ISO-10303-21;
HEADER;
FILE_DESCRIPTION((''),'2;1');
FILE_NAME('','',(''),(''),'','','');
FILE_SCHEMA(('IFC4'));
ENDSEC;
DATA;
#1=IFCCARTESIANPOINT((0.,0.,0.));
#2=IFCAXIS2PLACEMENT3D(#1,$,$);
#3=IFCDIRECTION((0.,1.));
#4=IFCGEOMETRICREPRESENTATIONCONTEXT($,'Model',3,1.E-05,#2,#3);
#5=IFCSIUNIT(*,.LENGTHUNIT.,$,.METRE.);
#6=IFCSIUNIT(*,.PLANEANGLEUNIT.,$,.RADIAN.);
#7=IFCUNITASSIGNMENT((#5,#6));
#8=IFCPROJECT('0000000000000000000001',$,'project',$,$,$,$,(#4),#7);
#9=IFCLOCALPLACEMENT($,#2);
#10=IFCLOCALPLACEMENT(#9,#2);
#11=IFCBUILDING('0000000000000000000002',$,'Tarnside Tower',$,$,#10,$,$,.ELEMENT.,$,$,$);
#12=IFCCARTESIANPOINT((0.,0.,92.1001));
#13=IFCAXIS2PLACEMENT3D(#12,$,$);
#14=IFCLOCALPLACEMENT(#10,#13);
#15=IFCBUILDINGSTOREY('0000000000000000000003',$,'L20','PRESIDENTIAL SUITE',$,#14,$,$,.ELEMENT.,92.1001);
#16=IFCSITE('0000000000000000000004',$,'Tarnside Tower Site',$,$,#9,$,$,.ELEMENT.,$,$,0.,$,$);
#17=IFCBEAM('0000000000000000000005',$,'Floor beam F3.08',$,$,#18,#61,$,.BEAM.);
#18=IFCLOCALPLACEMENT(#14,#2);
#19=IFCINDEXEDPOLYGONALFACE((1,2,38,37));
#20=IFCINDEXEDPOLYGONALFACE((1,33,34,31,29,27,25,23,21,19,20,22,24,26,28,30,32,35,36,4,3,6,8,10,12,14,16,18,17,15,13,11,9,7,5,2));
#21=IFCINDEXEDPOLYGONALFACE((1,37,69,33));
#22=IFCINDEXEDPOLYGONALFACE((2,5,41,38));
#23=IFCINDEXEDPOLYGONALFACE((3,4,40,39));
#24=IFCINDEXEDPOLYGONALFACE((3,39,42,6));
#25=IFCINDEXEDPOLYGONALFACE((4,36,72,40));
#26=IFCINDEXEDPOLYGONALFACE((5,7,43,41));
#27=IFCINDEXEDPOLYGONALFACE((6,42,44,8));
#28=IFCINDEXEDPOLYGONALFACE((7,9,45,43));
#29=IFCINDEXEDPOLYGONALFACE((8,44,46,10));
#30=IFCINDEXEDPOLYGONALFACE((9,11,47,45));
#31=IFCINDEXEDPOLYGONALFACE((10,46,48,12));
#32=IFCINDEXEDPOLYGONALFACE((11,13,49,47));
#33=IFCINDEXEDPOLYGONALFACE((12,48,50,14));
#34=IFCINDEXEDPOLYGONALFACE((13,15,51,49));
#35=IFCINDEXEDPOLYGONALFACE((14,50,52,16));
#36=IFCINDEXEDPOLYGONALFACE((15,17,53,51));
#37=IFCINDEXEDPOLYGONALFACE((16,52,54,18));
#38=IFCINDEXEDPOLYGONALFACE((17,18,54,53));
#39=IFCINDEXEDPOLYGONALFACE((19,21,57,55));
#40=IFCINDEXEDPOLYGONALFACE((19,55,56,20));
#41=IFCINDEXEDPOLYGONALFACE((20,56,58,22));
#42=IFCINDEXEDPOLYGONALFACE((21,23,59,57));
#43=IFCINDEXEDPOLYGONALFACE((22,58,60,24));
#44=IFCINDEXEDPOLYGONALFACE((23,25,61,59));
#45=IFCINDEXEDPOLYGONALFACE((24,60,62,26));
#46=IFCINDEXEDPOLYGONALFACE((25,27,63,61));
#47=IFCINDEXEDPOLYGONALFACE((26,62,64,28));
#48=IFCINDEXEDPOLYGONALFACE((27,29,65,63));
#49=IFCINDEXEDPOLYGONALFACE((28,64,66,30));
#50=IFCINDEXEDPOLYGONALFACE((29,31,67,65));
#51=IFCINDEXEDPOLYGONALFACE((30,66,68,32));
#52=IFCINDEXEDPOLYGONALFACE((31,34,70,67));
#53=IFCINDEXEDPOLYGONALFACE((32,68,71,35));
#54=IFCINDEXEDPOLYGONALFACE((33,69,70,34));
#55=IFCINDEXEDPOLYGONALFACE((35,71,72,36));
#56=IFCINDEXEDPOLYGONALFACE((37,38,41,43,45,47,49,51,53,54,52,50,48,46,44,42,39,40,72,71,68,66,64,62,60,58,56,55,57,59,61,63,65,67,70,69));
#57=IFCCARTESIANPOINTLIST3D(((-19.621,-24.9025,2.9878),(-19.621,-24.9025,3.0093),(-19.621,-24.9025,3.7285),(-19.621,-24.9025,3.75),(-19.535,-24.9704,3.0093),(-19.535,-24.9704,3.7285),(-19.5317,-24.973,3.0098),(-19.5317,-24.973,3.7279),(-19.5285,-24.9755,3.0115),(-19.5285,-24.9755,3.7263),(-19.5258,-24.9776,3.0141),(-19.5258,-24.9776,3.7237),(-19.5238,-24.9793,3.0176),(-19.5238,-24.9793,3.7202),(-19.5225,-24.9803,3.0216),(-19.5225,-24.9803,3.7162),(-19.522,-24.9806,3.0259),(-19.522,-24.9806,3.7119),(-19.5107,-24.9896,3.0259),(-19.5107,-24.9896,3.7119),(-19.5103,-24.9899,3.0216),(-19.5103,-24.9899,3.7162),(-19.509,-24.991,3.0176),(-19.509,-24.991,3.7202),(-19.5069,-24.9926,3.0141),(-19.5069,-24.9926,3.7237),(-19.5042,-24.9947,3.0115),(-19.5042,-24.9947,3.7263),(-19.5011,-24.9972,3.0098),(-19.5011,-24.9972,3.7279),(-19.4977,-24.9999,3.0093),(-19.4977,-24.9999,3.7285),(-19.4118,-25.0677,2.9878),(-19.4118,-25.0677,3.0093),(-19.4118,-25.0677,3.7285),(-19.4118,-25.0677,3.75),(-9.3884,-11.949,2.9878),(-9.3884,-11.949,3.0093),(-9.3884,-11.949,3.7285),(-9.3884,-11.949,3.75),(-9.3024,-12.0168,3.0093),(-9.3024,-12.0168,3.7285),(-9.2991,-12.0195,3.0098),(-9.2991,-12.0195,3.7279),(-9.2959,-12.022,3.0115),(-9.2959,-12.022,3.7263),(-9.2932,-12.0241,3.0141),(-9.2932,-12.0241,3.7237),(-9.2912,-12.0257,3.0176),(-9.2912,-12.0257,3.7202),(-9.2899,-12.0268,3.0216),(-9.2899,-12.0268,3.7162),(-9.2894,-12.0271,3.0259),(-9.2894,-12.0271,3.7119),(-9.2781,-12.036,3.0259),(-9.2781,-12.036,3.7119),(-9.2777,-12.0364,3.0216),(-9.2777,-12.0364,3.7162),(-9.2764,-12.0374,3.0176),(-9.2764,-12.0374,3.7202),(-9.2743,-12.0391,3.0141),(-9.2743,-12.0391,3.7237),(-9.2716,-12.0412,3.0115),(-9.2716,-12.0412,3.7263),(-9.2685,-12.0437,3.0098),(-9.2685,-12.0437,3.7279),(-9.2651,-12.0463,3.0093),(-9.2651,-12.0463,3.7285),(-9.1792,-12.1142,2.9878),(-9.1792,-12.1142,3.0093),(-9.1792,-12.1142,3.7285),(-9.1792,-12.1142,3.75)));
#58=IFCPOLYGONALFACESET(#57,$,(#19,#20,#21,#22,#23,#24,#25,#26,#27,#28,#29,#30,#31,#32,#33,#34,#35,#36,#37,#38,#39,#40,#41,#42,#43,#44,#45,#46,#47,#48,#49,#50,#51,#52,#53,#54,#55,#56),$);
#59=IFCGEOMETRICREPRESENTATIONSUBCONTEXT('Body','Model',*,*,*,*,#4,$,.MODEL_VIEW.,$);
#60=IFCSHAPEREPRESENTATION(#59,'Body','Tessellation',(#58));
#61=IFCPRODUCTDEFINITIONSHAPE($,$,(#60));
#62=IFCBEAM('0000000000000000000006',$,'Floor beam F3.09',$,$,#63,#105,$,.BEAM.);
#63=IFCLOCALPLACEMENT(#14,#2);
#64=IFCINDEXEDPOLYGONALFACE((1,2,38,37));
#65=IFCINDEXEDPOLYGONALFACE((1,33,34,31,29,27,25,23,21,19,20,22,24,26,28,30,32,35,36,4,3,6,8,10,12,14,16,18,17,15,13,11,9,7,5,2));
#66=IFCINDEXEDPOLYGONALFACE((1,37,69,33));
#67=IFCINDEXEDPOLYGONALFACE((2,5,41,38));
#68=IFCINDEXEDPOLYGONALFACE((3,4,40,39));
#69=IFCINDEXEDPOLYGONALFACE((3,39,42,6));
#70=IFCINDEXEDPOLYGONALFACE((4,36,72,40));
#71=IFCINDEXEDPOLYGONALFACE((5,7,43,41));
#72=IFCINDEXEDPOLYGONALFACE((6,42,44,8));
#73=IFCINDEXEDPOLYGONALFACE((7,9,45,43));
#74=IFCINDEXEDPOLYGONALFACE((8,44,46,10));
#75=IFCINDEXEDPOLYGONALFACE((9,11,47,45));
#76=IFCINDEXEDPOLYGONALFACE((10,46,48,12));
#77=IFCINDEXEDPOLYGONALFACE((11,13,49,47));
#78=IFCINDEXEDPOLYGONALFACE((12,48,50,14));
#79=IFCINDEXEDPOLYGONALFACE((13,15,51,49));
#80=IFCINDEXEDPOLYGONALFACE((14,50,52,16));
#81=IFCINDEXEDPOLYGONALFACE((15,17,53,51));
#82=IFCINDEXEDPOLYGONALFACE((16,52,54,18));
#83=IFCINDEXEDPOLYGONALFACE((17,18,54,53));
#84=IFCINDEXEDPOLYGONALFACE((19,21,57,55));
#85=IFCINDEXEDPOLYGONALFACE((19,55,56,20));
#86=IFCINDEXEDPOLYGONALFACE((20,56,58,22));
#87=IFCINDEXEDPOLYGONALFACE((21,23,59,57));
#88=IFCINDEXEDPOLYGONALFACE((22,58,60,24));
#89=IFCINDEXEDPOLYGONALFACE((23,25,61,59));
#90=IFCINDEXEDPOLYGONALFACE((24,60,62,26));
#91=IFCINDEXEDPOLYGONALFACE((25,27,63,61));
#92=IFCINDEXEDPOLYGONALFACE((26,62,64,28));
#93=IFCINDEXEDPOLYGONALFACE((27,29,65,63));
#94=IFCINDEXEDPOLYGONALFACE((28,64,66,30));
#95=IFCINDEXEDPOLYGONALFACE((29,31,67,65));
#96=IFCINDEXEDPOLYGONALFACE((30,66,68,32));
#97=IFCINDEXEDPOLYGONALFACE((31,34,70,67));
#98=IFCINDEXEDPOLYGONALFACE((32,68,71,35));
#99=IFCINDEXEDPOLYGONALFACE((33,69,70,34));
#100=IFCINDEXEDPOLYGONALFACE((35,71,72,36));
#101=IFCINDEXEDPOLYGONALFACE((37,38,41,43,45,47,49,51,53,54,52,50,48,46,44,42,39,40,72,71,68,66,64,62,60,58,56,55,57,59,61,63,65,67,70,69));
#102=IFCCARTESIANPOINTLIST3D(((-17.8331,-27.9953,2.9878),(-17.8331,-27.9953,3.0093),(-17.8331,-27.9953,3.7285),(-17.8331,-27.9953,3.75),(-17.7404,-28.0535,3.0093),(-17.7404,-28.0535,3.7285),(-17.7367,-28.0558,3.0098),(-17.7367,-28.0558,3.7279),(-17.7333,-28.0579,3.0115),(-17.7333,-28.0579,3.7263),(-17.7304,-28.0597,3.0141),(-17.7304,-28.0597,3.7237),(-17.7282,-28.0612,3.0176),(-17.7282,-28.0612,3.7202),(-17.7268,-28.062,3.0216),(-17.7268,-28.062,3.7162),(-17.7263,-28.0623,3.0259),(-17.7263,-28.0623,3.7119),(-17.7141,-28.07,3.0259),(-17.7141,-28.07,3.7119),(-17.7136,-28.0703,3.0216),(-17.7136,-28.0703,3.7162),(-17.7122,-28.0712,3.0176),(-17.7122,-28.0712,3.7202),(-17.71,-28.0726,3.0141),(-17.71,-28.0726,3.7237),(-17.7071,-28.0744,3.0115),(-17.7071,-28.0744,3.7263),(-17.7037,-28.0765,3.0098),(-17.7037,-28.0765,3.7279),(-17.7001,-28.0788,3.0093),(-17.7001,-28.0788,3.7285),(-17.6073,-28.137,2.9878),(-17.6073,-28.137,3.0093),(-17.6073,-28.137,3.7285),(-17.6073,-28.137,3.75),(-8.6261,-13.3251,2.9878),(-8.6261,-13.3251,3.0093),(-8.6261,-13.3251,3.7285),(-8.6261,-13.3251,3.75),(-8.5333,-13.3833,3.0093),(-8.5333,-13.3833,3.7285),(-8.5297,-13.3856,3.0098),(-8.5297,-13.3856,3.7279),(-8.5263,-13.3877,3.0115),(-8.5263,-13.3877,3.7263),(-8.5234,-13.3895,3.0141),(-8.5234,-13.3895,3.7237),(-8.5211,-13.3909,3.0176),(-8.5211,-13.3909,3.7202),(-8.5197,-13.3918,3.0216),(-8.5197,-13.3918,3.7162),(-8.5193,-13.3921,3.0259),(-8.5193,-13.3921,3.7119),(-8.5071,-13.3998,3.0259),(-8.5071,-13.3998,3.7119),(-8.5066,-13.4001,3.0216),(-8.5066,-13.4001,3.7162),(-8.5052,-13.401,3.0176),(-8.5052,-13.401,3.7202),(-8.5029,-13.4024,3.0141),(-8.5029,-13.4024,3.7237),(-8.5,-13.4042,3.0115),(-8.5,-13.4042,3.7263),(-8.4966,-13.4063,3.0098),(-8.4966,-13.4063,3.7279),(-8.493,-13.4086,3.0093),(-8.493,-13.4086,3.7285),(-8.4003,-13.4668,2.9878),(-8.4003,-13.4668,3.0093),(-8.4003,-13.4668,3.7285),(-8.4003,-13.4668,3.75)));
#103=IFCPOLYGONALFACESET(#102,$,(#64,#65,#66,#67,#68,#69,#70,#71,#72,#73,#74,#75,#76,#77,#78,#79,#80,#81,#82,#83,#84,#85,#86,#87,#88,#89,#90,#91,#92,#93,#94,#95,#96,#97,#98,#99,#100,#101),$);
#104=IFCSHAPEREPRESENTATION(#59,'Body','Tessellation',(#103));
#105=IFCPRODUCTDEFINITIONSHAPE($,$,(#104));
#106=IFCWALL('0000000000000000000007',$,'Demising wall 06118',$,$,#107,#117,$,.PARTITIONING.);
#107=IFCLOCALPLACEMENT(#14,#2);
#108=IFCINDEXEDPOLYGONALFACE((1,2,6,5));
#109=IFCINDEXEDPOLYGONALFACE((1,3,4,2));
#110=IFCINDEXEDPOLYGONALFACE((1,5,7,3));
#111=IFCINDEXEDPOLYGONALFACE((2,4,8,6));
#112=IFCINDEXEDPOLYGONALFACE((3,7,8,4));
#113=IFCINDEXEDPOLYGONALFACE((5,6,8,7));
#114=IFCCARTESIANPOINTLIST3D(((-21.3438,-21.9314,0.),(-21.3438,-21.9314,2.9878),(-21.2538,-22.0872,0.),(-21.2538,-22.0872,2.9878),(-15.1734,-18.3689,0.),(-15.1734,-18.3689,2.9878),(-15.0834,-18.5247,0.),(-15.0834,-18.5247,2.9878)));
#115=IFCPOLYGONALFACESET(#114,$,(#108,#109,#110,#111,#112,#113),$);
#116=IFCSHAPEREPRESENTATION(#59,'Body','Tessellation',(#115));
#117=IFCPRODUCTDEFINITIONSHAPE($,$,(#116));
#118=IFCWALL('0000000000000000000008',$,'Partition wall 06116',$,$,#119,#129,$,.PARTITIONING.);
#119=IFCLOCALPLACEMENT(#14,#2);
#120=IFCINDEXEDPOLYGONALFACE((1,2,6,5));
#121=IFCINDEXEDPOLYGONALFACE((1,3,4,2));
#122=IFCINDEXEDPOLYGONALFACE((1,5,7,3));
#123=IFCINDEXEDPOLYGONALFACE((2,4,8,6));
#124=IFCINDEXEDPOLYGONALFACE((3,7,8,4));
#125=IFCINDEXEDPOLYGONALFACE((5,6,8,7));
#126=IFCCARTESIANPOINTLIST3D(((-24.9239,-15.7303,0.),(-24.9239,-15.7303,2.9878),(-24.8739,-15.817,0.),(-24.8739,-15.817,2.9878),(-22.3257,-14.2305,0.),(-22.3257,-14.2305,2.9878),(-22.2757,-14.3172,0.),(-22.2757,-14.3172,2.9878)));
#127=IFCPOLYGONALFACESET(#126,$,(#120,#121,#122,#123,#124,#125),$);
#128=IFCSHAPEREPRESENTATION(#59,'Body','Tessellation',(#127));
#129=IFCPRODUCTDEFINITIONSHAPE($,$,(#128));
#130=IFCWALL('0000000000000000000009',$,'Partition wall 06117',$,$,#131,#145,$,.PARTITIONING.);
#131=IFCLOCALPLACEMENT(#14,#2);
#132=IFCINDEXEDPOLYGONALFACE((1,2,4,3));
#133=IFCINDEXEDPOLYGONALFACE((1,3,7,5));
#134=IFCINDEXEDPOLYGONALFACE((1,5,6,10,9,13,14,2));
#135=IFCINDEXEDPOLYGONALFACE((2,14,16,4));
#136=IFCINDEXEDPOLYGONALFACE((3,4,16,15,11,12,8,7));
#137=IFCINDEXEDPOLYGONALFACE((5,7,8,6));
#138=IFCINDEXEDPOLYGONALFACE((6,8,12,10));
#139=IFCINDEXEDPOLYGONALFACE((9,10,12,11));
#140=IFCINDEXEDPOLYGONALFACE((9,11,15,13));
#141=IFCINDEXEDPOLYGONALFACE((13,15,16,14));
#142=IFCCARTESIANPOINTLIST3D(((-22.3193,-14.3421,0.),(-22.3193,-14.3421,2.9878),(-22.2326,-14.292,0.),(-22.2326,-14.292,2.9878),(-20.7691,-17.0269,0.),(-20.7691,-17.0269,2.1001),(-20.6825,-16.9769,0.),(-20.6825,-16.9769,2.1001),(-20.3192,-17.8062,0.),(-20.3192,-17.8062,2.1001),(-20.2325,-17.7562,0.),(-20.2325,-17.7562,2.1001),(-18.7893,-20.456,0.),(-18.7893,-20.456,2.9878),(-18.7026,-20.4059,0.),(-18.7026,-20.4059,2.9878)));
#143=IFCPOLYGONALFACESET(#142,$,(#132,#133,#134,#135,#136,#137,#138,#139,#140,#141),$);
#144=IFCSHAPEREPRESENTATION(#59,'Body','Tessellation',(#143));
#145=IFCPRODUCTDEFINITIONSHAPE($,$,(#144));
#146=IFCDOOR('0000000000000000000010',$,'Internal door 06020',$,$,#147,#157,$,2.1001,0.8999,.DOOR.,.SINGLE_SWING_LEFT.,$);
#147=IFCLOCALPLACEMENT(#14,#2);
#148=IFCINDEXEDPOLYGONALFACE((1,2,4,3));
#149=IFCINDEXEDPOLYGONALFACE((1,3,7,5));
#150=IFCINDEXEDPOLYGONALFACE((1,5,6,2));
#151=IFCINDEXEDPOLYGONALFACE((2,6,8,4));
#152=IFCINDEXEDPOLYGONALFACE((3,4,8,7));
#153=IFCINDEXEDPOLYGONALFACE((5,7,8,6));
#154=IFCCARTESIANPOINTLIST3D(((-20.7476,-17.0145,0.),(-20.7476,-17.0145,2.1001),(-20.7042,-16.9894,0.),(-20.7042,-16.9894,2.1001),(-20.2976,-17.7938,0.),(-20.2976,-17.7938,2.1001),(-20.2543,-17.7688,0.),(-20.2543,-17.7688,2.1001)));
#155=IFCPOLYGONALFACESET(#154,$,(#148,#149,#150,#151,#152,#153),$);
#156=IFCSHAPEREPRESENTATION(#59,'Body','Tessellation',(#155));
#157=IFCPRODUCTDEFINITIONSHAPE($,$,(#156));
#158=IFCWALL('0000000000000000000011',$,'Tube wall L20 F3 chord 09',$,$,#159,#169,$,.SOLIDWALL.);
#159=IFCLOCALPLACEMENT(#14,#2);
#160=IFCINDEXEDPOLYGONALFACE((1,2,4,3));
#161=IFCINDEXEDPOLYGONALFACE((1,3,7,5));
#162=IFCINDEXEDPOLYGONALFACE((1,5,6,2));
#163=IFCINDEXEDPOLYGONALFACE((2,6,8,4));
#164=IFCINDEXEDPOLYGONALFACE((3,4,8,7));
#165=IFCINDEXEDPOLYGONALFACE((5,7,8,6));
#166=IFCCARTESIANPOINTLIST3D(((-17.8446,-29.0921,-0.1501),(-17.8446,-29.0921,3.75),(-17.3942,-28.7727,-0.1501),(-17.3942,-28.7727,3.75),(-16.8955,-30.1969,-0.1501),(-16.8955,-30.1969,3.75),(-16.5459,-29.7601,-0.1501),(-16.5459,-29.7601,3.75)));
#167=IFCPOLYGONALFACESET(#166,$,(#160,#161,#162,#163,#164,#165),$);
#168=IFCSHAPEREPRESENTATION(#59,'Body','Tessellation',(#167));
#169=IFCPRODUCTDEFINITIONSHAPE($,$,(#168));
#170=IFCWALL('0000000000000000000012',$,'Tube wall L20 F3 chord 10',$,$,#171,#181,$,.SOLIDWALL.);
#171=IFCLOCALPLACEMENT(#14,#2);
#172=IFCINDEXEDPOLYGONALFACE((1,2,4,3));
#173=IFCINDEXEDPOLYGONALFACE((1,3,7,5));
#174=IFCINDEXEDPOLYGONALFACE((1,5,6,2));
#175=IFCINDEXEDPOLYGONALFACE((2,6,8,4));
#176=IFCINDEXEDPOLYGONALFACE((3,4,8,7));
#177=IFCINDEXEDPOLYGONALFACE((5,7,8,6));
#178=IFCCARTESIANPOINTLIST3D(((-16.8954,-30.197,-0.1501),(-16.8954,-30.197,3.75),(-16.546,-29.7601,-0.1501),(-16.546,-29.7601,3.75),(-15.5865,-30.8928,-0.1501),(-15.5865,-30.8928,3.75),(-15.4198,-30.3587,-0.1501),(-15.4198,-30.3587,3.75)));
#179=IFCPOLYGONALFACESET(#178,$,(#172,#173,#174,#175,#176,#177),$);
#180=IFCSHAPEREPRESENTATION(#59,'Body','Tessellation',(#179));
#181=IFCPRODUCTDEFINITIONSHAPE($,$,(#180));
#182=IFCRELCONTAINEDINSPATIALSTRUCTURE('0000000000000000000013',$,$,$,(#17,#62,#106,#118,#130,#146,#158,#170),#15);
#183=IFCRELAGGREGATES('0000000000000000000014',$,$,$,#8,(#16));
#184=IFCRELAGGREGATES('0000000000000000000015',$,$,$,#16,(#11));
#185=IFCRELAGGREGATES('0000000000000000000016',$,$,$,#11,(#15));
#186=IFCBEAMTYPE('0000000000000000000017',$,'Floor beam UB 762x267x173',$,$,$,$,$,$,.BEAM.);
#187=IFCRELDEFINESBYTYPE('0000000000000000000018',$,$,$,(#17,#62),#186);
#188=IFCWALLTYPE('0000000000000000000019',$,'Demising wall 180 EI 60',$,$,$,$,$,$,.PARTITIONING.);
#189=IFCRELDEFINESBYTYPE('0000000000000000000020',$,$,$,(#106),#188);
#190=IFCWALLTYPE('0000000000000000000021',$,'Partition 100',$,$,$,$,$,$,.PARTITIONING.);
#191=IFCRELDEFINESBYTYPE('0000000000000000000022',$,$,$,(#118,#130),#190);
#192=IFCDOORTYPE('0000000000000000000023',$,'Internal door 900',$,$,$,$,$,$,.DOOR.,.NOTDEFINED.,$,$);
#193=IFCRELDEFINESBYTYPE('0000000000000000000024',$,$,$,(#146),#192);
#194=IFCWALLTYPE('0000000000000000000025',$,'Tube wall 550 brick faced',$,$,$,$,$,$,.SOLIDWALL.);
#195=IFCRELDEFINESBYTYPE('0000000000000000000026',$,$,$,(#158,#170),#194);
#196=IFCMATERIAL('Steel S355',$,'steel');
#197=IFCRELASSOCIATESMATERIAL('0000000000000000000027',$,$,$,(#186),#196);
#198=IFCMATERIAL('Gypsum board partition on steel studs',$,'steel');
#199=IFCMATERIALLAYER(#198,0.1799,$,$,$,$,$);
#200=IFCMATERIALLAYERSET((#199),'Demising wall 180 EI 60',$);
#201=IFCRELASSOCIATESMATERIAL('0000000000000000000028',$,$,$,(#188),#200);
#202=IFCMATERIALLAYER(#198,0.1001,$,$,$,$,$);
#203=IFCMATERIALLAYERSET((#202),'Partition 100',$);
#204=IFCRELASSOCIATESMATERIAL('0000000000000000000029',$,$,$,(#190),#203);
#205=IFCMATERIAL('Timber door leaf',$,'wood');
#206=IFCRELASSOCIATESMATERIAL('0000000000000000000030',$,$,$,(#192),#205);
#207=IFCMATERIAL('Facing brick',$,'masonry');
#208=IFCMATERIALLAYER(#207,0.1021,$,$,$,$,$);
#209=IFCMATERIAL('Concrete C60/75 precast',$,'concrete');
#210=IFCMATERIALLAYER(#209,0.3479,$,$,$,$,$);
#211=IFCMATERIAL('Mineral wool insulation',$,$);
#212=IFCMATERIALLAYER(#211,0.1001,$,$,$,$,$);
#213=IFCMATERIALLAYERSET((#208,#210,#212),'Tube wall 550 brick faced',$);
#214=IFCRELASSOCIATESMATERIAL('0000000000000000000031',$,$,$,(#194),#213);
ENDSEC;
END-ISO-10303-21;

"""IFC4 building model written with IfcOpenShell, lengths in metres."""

from ifc_helpers import new_model, si_unit, direction, frame, frame_2d, origin, origin_2d, place, context, subcontext, project, spatial, polyline, rectangle, i_section, outline, extrude, material, layer, layer_set, material_profile, profile_set, type_object, element, fill, save


model = new_model("IFC4")

# Units and contexts
model_context = context("Model", 3, precision=1e-05, world=origin(), true_north=direction((0.0, 1.0)))
body_context = subcontext(model_context, "Body", "Model", "MODEL_VIEW")
ifc_project = project(units=[si_unit("LENGTHUNIT", "METRE"), si_unit("PLANEANGLEUNIT", "RADIAN")], contexts=[model_context])

# Site, building, storey
site_placement = place(None, origin())
site = spatial("IfcSite", under=ifc_project, at=site_placement, Name="Tarnside Tower Site", CompositionType="ELEMENT", RefElevation=0.0)
building_placement = place(site_placement, origin())
building = spatial("IfcBuilding", under=site, at=building_placement, Name="Tarnside Tower", CompositionType="ELEMENT")
storey_placement = place(building_placement, frame((0.0, 0.0, 92.1001)))
storey = spatial("IfcBuildingStorey", under=building, at=storey_placement, Name="L20", Description="PRESIDENTIAL SUITE", CompositionType="ELEMENT", Elevation=92.1001)

# Beams
ifc_material_1 = material(Name="Steel S355", Category="steel")
ifc_material_profile_1 = material_profile(ifc_material_1, i_section(OverallWidth=0.2666, OverallDepth=0.7622, WebThickness=0.0144, FlangeThickness=0.0215, FilletRadius=0.0166, at=origin_2d()), Name="UB 762x267x173")
ifc_profile_set_1 = profile_set([ifc_material_profile_1], Name="Steel S355")
beam_type_1 = type_object("IfcBeamType", Name="Floor beam UB 762x267x173", PredefinedType="BEAM", material=ifc_profile_set_1)
beam_1_placement = place(storey_placement, frame((-19.5164, -24.9851, 3.3689), z_axis=(0.619873, 0.784702, 0.0), x_axis=(-0.784702, 0.619873, 0.0)))
element("IfcBeam", 1, at=beam_1_placement, inside=storey, type_object=beam_type_1, Name="Floor beam F3.08", PredefinedType="BEAM", context=body_context, shape_type="SweptSolid", body=[
    extrude(i_section(OverallWidth=0.2666, OverallDepth=0.7622, WebThickness=0.0144, FlangeThickness=0.0215, FilletRadius=0.0166, at=origin_2d()), origin(), (0.0, 0.0, 1.0), 16.5076),
])
beam_2_placement = place(storey_placement, frame((-17.7202, -28.0662, 3.3689), z_axis=(0.531583, 0.847006, 0.0), x_axis=(-0.847006, 0.531583, 0.0)))
element("IfcBeam", 2, at=beam_2_placement, inside=storey, type_object=beam_type_1, Name="Floor beam F3.09", PredefinedType="BEAM", context=body_context, shape_type="SweptSolid", body=[
    extrude(i_section(OverallWidth=0.2666, OverallDepth=0.7622, WebThickness=0.0144, FlangeThickness=0.0215, FilletRadius=0.0166, at=origin_2d()), origin(), (0.0, 0.0, 1.0), 17.3201),
])

# Walls
ifc_material_2 = material(Name="Gypsum board partition on steel studs", Category="steel")
ifc_layer_1 = layer(ifc_material_2, 0.1799)
ifc_layer_set_1 = layer_set([ifc_layer_1], Name="Demising wall 180 EI 60")
wall_type_1 = type_object("IfcWallType", Name="Demising wall 180 EI 60", PredefinedType="PARTITIONING", material=ifc_layer_set_1)
wall_1_placement = place(storey_placement, frame((-21.2988, -22.0093, 0.0), z_axis=(0.0, 0.0, 1.0), x_axis=(0.866025, 0.500001, 0.0)))
element("IfcWall", 3, at=wall_1_placement, inside=storey, type_object=wall_type_1, Name="Demising wall 06118", PredefinedType="PARTITIONING", context=body_context, shape_type="SweptSolid", body=[
    extrude(rectangle(XDim=7.125, YDim=0.1799, at=frame_2d((3.5625, 0.0))), origin(), (0.0, 0.0, 1.0), 2.9878),
])
ifc_layer_2 = layer(ifc_material_2, 0.1001)
ifc_layer_set_2 = layer_set([ifc_layer_2], Name="Partition 100")
wall_type_2 = type_object("IfcWallType", Name="Partition 100", PredefinedType="PARTITIONING", material=ifc_layer_set_2)
wall_2_placement = place(storey_placement, frame((-24.8989, -15.7737, 0.0), z_axis=(0.0, 0.0, 1.0), x_axis=(0.866066, 0.499929, 0.0)))
element("IfcWall", 4, at=wall_2_placement, inside=storey, type_object=wall_type_2, Name="Partition wall 06116", PredefinedType="PARTITIONING", context=body_context, shape_type="SweptSolid", body=[
    extrude(rectangle(XDim=3.0, YDim=0.1001, at=frame_2d((1.5, 0.0))), origin(), (0.0, 0.0, 1.0), 2.9878),
])

# Wall, opening, door
wall_3_placement = place(storey_placement, frame((-22.2759, -14.3171, 0.0), z_axis=(0.0, 0.0, 1.0), x_axis=(0.500011, -0.866019, 0.0)))
wall_3 = element("IfcWall", 5, at=wall_3_placement, inside=storey, type_object=wall_type_2, Name="Partition wall 06117", PredefinedType="PARTITIONING", context=body_context, shape_type="SweptSolid", body=[
    extrude(rectangle(XDim=7.0598, YDim=0.1001, at=frame_2d((3.5298, 0.0))), origin(), (0.0, 0.0, 1.0), 2.9878),
])
opening_placement = place(wall_3_placement, frame((3.1001, 0.0, 0.0)))
opening = element("IfcOpeningElement", 6, at=opening_placement, cuts=wall_3, PredefinedType="OPENING", context=body_context, shape_type="SweptSolid", body=[
    extrude(rectangle(XDim=0.8999, YDim=2.1001, at=frame_2d((0.45, 1.05))), frame((0.0, 0.0601, 0.0), z_axis=(0.0, -1.0, 0.0), x_axis=(1.0, 0.0, 0.0)), (0.0, 0.0, 1.0), 0.1201),
])
ifc_material_3 = material(Name="Timber door leaf", Category="wood")
door_type = type_object("IfcDoorType", Name="Internal door 900", OperationType="NOTDEFINED", PredefinedType="DOOR", material=ifc_material_3)
door_placement = place(opening_placement, origin())
door = element("IfcDoor", 7, at=door_placement, inside=storey, type_object=door_type, Name="Internal door 06020", OperationType="SINGLE_SWING_LEFT", OverallHeight=2.1001, OverallWidth=0.8999, PredefinedType="DOOR", context=body_context, shape_type="SweptSolid", body=[
    extrude(rectangle(XDim=0.8999, YDim=2.1001, at=frame_2d((0.45, 1.05))), frame((0.0, 0.0249, 0.0), z_axis=(0.0, -1.0, 0.0), x_axis=(1.0, 0.0, 0.0)), (0.0, 0.0, 1.0), 0.05),
])
fill(opening, door)

# Walls
ifc_material_4 = material(Name="Facing brick", Category="masonry")
ifc_layer_3 = layer(ifc_material_4, 0.1021)
ifc_material_5 = material(Name="Concrete C60/75 precast", Category="concrete")
ifc_layer_4 = layer(ifc_material_5, 0.3479)
ifc_material_6 = material(Name="Mineral wool insulation")
ifc_layer_5 = layer(ifc_material_6, 0.1001)
ifc_layer_set_3 = layer_set([ifc_layer_3, ifc_layer_4, ifc_layer_5], Name="Tube wall 550 brick faced")
wall_type_3 = type_object("IfcWallType", Name="Tube wall 550 brick faced", PredefinedType="SOLIDWALL", material=ifc_layer_set_3)
wall_4_placement = place(storey_placement, frame((-17.6194, -28.9324, -0.1501), z_axis=(0.0, 0.0, 1.0), x_axis=(0.651622, -0.758544, 0.0)))
element("IfcWall", 8, at=wall_4_placement, inside=storey, type_object=wall_type_3, Name="Tube wall L20 F3 chord 09", PredefinedType="SOLIDWALL", context=body_context, shape_type="SweptSolid", body=[
    extrude(outline(polyline([(-0.0256, -0.2749), (1.4309, -0.2749), (1.3274, 0.2749), (0.0256, 0.2749), (-0.0256, -0.2749)])), origin(), (0.0, 0.0, 1.0), 3.9001),
])
wall_5_placement = place(storey_placement, frame((-16.7207, -29.9785, -0.1501), z_axis=(0.0, 0.0, 1.0), x_axis=(0.882994, -0.469384, 0.0)))
element("IfcWall", 9, at=wall_5_placement, inside=storey, type_object=wall_type_3, Name="Tube wall L20 F3 chord 10", PredefinedType="SOLIDWALL", context=body_context, shape_type="SweptSolid", body=[
    extrude(outline(polyline([(-0.0518, -0.2749), (1.4307, -0.2749), (1.3271, 0.2749), (0.0518, 0.2749), (-0.0518, -0.2749)])), origin(), (0.0, 0.0, 1.0), 3.9001),
])

save(model, "model.ifc")
